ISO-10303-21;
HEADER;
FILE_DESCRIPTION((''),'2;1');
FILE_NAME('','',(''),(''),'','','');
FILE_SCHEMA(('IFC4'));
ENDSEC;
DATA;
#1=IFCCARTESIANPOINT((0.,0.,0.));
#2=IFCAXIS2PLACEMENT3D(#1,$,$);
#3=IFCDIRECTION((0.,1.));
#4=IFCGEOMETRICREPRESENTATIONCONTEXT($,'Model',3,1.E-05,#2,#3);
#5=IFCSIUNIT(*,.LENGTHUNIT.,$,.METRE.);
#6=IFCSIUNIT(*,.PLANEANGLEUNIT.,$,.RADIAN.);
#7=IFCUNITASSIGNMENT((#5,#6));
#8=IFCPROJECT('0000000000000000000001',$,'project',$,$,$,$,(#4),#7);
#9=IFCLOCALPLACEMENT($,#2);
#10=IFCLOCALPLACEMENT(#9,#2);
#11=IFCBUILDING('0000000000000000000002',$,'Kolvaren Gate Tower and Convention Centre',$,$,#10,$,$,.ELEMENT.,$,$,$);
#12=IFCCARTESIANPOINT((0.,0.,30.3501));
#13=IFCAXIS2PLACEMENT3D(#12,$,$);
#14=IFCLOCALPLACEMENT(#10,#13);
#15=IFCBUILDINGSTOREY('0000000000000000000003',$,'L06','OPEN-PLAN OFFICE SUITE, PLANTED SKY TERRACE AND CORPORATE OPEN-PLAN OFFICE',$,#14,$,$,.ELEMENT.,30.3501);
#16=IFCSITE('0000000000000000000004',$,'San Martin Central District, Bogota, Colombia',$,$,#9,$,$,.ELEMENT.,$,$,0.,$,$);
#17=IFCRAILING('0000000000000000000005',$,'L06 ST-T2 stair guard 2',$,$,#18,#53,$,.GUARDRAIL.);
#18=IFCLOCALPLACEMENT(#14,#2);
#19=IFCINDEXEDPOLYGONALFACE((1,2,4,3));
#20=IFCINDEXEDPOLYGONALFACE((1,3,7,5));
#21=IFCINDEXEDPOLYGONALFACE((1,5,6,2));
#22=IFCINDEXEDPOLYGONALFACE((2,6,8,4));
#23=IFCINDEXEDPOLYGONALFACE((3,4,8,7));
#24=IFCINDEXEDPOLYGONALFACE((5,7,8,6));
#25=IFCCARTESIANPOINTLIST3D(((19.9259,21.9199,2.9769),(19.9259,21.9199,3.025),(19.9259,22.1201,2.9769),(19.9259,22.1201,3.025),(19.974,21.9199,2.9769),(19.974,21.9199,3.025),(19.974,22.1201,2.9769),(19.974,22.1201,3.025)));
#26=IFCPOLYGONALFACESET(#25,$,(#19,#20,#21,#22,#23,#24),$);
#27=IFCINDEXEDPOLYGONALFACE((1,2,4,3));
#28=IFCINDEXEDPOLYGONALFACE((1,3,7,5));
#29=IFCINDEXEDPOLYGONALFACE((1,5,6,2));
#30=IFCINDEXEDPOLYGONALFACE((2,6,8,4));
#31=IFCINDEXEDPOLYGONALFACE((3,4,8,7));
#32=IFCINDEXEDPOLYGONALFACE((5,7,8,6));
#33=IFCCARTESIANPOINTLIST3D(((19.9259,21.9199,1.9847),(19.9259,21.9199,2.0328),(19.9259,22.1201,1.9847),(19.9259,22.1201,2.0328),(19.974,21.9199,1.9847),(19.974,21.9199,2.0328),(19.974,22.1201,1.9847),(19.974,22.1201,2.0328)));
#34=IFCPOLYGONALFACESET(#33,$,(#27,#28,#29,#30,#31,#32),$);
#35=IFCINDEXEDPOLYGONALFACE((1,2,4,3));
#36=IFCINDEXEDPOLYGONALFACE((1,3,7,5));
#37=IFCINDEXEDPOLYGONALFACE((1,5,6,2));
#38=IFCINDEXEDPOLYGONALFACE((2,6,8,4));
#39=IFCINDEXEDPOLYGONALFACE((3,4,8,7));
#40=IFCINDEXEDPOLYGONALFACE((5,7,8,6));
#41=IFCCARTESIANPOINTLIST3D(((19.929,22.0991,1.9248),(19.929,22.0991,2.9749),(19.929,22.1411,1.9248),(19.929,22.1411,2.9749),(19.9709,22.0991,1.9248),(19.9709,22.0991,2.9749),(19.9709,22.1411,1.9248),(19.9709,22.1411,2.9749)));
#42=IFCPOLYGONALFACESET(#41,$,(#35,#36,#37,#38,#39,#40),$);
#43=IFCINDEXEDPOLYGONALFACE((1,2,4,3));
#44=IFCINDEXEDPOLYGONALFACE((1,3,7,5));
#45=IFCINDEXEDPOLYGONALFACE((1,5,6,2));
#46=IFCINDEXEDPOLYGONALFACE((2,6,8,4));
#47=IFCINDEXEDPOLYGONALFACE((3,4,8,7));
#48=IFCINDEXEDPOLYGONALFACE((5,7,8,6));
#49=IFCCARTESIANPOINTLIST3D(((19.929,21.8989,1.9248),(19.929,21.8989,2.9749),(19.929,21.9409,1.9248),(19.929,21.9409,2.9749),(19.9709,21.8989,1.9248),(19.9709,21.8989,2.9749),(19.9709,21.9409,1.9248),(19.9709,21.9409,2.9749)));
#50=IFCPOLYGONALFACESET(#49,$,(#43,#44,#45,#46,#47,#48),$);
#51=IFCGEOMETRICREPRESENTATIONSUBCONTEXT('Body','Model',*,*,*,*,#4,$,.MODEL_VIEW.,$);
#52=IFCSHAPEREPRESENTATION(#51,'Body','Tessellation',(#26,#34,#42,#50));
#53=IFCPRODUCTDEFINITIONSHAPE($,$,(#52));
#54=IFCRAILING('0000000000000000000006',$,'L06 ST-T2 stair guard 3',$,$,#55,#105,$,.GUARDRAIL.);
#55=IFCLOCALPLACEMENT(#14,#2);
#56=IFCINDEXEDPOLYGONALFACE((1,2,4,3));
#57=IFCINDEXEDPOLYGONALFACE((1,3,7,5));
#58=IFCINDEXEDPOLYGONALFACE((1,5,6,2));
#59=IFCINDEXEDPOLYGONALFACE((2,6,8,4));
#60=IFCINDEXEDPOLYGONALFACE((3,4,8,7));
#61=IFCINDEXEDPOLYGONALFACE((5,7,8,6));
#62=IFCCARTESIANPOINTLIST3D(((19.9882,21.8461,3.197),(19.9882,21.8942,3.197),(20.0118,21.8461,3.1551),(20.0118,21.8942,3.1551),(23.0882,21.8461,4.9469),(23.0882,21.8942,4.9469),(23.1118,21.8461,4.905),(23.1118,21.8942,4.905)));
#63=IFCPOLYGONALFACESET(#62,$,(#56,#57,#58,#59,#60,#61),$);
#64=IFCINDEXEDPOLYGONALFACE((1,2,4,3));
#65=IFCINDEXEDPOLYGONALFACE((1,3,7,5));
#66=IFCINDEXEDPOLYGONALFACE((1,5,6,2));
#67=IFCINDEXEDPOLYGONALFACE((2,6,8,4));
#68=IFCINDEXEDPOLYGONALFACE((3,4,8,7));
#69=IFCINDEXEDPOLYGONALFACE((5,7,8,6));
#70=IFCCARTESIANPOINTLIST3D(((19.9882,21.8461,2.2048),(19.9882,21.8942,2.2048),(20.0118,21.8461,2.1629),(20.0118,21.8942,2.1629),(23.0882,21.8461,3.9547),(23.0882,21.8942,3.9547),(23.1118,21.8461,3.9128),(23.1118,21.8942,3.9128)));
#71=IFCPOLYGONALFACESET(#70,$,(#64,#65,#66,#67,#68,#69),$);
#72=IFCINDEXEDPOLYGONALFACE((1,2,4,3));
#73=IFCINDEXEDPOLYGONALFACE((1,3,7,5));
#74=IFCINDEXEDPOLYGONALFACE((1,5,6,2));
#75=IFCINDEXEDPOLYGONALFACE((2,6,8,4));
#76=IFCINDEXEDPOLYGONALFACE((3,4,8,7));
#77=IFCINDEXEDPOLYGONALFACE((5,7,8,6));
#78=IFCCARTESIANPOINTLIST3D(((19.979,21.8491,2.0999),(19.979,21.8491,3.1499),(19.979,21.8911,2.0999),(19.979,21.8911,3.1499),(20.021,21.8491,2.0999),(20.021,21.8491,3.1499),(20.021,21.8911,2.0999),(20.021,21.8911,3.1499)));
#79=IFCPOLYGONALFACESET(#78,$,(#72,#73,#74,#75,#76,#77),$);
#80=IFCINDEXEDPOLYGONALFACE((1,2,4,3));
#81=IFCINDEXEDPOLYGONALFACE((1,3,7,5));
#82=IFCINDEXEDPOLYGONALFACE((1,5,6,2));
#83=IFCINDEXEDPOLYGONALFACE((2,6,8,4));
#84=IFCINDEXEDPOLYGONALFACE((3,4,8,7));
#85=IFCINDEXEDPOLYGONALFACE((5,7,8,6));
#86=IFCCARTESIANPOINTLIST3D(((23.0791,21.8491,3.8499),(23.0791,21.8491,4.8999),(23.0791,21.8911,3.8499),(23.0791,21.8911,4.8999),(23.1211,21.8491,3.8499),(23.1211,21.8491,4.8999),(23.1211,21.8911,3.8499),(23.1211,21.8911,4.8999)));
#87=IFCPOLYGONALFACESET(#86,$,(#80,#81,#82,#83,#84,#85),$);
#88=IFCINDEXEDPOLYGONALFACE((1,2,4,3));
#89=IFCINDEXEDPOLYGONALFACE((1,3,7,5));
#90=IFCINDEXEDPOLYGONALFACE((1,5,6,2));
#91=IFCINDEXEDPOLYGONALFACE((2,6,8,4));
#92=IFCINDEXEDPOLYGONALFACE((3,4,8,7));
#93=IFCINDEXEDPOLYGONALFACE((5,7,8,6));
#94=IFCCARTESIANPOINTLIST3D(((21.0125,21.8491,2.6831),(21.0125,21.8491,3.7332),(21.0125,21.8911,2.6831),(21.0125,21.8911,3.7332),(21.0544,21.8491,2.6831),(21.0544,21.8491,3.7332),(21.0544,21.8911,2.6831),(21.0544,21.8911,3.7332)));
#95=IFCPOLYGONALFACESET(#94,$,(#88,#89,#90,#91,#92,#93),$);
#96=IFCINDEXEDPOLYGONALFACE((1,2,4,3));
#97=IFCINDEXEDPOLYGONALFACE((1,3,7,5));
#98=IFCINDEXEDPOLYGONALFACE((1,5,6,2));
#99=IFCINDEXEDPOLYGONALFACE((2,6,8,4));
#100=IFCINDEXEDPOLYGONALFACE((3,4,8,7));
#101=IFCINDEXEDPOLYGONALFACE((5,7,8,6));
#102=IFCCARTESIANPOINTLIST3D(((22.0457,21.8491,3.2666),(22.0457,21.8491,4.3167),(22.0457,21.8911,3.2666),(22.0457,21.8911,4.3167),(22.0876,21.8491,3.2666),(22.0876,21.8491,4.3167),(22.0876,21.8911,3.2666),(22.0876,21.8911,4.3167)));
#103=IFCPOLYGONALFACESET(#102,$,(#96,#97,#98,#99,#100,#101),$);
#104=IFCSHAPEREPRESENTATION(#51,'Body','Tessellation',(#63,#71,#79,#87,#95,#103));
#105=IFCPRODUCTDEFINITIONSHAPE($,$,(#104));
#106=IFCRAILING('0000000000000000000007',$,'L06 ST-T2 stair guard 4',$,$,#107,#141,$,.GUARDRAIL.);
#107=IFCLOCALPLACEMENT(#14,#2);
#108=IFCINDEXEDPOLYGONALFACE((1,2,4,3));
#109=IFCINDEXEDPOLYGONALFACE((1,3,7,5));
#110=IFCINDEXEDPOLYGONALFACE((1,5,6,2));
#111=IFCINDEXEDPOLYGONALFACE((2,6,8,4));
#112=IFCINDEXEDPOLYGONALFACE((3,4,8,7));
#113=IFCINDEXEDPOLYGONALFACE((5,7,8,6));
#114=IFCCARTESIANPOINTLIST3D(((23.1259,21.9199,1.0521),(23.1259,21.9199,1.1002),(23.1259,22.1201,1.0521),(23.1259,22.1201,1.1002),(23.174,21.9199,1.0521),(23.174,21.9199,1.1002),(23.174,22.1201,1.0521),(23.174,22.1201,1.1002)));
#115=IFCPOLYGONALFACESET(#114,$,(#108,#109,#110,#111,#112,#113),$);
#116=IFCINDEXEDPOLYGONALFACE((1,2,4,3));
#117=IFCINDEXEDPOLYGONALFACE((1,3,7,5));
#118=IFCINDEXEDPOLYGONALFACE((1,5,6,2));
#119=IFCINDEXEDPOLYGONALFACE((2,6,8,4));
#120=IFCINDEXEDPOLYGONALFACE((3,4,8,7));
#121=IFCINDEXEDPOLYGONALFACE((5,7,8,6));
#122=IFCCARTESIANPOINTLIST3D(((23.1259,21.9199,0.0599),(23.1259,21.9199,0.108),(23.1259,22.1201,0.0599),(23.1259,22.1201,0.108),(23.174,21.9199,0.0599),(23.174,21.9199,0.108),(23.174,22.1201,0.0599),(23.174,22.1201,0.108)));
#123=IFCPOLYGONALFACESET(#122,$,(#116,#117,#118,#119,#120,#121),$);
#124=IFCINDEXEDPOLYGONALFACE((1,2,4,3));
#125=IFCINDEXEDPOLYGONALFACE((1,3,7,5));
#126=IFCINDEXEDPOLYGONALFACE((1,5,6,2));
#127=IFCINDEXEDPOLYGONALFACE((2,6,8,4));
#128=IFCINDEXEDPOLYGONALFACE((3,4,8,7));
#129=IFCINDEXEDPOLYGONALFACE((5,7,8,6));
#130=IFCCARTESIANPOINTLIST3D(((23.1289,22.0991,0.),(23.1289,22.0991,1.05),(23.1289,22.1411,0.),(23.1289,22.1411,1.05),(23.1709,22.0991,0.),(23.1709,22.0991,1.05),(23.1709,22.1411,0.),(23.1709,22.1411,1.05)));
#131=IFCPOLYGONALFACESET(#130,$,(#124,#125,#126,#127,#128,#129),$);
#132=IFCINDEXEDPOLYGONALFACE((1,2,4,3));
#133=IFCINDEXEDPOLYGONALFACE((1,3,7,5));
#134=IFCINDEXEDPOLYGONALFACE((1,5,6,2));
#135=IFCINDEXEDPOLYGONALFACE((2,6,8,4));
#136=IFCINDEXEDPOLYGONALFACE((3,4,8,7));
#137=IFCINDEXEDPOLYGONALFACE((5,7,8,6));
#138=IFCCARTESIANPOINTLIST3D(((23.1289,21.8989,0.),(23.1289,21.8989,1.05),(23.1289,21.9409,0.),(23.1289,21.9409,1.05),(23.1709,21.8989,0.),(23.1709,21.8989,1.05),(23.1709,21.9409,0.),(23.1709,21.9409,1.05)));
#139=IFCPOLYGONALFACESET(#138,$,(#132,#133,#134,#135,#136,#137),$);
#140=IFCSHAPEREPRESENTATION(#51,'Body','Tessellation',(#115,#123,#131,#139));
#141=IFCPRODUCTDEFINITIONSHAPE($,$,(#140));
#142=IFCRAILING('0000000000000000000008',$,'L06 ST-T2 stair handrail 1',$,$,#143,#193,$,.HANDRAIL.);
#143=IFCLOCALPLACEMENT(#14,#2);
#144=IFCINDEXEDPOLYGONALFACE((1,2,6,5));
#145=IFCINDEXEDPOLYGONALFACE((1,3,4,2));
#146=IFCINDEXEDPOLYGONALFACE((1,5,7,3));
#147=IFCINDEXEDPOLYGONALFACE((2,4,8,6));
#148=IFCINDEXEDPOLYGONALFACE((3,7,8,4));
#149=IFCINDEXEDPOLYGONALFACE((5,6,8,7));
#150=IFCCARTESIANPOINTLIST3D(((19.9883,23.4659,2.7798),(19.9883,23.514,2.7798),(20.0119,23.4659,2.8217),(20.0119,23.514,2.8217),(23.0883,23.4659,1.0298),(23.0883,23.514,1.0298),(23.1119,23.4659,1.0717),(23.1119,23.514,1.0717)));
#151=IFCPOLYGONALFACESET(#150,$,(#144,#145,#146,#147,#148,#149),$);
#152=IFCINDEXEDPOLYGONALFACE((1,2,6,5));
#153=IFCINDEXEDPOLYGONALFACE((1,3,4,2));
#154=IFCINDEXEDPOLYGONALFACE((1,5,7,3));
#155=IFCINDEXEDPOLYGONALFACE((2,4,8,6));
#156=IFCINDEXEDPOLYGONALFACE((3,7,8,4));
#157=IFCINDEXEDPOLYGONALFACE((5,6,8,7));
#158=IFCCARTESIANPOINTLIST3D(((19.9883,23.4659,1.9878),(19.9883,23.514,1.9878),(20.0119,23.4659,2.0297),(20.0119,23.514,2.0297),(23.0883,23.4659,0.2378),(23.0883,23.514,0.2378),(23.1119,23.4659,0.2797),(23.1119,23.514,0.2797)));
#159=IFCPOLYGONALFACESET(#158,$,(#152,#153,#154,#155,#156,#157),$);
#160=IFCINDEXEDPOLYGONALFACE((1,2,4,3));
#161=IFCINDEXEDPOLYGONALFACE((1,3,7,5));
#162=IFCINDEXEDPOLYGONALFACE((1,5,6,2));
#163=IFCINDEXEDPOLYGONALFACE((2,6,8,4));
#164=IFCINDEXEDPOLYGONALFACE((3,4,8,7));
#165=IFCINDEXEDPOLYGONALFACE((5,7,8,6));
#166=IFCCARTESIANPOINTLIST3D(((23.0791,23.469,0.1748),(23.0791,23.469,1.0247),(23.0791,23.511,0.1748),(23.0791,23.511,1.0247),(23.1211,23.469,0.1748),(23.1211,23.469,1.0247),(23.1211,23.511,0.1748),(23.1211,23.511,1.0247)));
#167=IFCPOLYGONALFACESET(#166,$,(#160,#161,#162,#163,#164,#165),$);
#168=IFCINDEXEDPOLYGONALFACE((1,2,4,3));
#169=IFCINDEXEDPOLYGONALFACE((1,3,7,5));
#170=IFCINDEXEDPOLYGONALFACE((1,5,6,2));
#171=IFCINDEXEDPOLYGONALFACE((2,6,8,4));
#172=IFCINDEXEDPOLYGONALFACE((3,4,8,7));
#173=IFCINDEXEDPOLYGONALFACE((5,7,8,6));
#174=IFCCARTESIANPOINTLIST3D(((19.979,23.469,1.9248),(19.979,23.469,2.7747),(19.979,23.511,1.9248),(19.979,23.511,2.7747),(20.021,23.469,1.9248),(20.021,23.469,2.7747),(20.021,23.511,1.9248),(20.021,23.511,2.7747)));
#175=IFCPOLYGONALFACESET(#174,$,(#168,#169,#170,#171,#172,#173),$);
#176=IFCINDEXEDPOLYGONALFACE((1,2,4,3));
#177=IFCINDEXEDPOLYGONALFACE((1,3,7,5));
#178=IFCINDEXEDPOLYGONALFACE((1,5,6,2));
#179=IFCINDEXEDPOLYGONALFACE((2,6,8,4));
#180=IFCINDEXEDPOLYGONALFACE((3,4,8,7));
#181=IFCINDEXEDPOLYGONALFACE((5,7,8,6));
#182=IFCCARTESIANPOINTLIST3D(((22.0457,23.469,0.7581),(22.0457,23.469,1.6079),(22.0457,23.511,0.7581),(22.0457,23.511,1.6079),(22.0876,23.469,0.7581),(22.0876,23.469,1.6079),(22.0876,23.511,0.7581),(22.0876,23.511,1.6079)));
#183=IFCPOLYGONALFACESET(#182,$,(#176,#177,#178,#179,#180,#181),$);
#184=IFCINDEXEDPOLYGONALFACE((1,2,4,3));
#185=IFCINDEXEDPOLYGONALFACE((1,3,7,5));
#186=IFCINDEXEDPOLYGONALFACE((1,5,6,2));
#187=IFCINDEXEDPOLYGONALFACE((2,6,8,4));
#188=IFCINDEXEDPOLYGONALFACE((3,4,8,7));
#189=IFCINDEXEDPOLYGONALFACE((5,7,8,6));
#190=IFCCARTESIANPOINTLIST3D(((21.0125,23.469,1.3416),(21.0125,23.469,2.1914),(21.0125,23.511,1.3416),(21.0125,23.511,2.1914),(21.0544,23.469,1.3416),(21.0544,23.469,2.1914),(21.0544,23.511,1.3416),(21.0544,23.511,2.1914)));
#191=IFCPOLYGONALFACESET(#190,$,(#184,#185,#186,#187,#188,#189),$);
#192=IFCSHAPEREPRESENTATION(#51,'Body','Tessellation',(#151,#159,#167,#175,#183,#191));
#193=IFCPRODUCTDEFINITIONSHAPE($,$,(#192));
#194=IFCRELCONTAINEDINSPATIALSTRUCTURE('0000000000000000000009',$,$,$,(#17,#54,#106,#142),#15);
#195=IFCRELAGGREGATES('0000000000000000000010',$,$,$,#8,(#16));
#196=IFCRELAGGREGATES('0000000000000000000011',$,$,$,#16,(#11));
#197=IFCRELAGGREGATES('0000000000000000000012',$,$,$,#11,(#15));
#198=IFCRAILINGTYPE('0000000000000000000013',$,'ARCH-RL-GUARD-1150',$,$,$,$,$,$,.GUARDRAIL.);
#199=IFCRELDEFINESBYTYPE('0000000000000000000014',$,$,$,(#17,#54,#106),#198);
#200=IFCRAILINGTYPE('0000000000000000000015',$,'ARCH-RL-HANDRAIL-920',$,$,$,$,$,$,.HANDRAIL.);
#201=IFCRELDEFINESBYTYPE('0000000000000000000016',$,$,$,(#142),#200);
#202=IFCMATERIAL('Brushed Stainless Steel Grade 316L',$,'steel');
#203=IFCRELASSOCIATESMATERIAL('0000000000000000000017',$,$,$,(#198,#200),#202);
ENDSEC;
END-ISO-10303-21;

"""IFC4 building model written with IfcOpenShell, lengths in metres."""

from ifc_helpers import new_model, si_unit, direction, frame, origin, origin_2d, place, context, subcontext, project, spatial, rectangle, extrude, material, type_object, element, save


model = new_model("IFC4")

# Units and contexts
model_context = context("Model", 3, precision=1e-05, world=origin(), true_north=direction((0.0, 1.0)))
body_context = subcontext(model_context, "Body", "Model", "MODEL_VIEW")
ifc_project = project(units=[si_unit("LENGTHUNIT", "METRE"), si_unit("PLANEANGLEUNIT", "RADIAN")], contexts=[model_context])

# Site, building, storey
site_placement = place(None, origin())
site = spatial("IfcSite", under=ifc_project, at=site_placement, Name="San Martin Central District, Bogota, Colombia", CompositionType="ELEMENT", RefElevation=0.0)
building_placement = place(site_placement, origin())
building = spatial("IfcBuilding", under=site, at=building_placement, Name="Kolvaren Gate Tower and Convention Centre", CompositionType="ELEMENT")
storey_placement = place(building_placement, frame((0.0, 0.0, 30.3501)))
storey = spatial("IfcBuildingStorey", under=building, at=storey_placement, Name="L06", Description="OPEN-PLAN OFFICE SUITE, PLANTED SKY TERRACE AND CORPORATE OPEN-PLAN OFFICE", CompositionType="ELEMENT", Elevation=30.3501)

# Shared definitions
ifc_material_1 = material(Name="Brushed Stainless Steel Grade 316L", Category="steel")

# Railings
railing_type_1 = type_object("IfcRailingType", Name="ARCH-RL-GUARD-1150", PredefinedType="GUARDRAIL", material=ifc_material_1)
railing_1_placement = place(storey_placement, frame((19.95, 22.1201, 1.9248)))
element("IfcRailing", 1, at=railing_1_placement, inside=storey, type_object=railing_type_1, Name="L06 ST-T2 stair guard 2", PredefinedType="GUARDRAIL", context=body_context, shape_type="SweptSolid", body=[
    extrude(rectangle(XDim=0.0481, YDim=0.0481, at=origin_2d()), frame((0.0, 0.0, 1.0762), z_axis=(0.0, -1.0, 0.0), x_axis=(1.0, 0.0, 0.0)), (0.0, 0.0, 1.0), 0.2002),
    extrude(rectangle(XDim=0.0481, YDim=0.0481, at=origin_2d()), frame((0.0, 0.0, 0.084), z_axis=(0.0, -1.0, 0.0), x_axis=(1.0, 0.0, 0.0)), (0.0, 0.0, 1.0), 0.2002),
    extrude(rectangle(XDim=0.042, YDim=0.042, at=origin_2d()), origin(), (0.0, 0.0, 1.0), 1.05),
    extrude(rectangle(XDim=0.042, YDim=0.042, at=origin_2d()), frame((0.0, -0.2002, 0.0)), (0.0, 0.0, 1.0), 1.05),
])
railing_2_placement = place(storey_placement, frame((20.0, 21.8701, 2.0999)))
element("IfcRailing", 2, at=railing_2_placement, inside=storey, type_object=railing_type_1, Name="L06 ST-T2 stair guard 3", PredefinedType="GUARDRAIL", context=body_context, shape_type="SweptSolid", body=[
    extrude(rectangle(XDim=0.0481, YDim=0.0481, at=origin_2d()), frame((0.0, 0.0, 1.0762), z_axis=(0.870831, 0.0, 0.491583), x_axis=(0.0, 1.0, 0.0)), (0.0, 0.0, 1.0), 3.5598),
    extrude(rectangle(XDim=0.0481, YDim=0.0481, at=origin_2d()), frame((0.0, 0.0, 0.084), z_axis=(0.870831, 0.0, 0.491583), x_axis=(0.0, 1.0, 0.0)), (0.0, 0.0, 1.0), 3.5598),
    extrude(rectangle(XDim=0.042, YDim=0.042, at=origin_2d()), origin(), (0.0, 0.0, 1.0), 1.05),
    extrude(rectangle(XDim=0.042, YDim=0.042, at=origin_2d()), frame((3.1001, 0.0, 1.75)), (0.0, 0.0, 1.0), 1.05),
    extrude(rectangle(XDim=0.042, YDim=0.042, at=origin_2d()), frame((1.0334, 0.0, 0.5833)), (0.0, 0.0, 1.0), 1.05),
    extrude(rectangle(XDim=0.042, YDim=0.042, at=origin_2d()), frame((2.0667, 0.0, 1.1667)), (0.0, 0.0, 1.0), 1.05),
])
railing_3_placement = place(storey_placement, frame((23.1499, 22.1201, 0.0)))
element("IfcRailing", 3, at=railing_3_placement, inside=storey, type_object=railing_type_1, Name="L06 ST-T2 stair guard 4", PredefinedType="GUARDRAIL", context=body_context, shape_type="SweptSolid", body=[
    extrude(rectangle(XDim=0.0481, YDim=0.0481, at=origin_2d()), frame((0.0, 0.0, 1.0762), z_axis=(0.0, -1.0, 0.0), x_axis=(1.0, 0.0, 0.0)), (0.0, 0.0, 1.0), 0.2002),
    extrude(rectangle(XDim=0.0481, YDim=0.0481, at=origin_2d()), frame((0.0, 0.0, 0.084), z_axis=(0.0, -1.0, 0.0), x_axis=(1.0, 0.0, 0.0)), (0.0, 0.0, 1.0), 0.2002),
    extrude(rectangle(XDim=0.042, YDim=0.042, at=origin_2d()), origin(), (0.0, 0.0, 1.0), 1.05),
    extrude(rectangle(XDim=0.042, YDim=0.042, at=origin_2d()), frame((0.0, -0.2002, 0.0)), (0.0, 0.0, 1.0), 1.05),
])
railing_type_2 = type_object("IfcRailingType", Name="ARCH-RL-HANDRAIL-920", PredefinedType="HANDRAIL", material=ifc_material_1)
railing_4_placement = place(storey_placement, frame((23.1001, 23.49, 0.1748)))
element("IfcRailing", 4, at=railing_4_placement, inside=storey, type_object=railing_type_2, Name="L06 ST-T2 stair handrail 1", PredefinedType="HANDRAIL", context=body_context, shape_type="SweptSolid", body=[
    extrude(rectangle(XDim=0.0481, YDim=0.0481, at=origin_2d()), frame((0.0, 0.0, 0.876), z_axis=(-0.870831, 0.0, 0.491583), x_axis=(0.0, -1.0, 0.0)), (0.0, 0.0, 1.0), 3.5598),
    extrude(rectangle(XDim=0.0481, YDim=0.0481, at=origin_2d()), frame((0.0, 0.0, 0.084), z_axis=(-0.870831, 0.0, 0.491583), x_axis=(0.0, -1.0, 0.0)), (0.0, 0.0, 1.0), 3.5598),
    extrude(rectangle(XDim=0.042, YDim=0.042, at=origin_2d()), origin(), (0.0, 0.0, 1.0), 0.8499),
    extrude(rectangle(XDim=0.042, YDim=0.042, at=origin_2d()), frame((-3.1001, 0.0, 1.75)), (0.0, 0.0, 1.0), 0.8499),
    extrude(rectangle(XDim=0.042, YDim=0.042, at=origin_2d()), frame((-1.0334, 0.0, 0.5833)), (0.0, 0.0, 1.0), 0.8499),
    extrude(rectangle(XDim=0.042, YDim=0.042, at=origin_2d()), frame((-2.0667, 0.0, 1.1667)), (0.0, 0.0, 1.0), 0.8499),
])

save(model, "model.ifc")
